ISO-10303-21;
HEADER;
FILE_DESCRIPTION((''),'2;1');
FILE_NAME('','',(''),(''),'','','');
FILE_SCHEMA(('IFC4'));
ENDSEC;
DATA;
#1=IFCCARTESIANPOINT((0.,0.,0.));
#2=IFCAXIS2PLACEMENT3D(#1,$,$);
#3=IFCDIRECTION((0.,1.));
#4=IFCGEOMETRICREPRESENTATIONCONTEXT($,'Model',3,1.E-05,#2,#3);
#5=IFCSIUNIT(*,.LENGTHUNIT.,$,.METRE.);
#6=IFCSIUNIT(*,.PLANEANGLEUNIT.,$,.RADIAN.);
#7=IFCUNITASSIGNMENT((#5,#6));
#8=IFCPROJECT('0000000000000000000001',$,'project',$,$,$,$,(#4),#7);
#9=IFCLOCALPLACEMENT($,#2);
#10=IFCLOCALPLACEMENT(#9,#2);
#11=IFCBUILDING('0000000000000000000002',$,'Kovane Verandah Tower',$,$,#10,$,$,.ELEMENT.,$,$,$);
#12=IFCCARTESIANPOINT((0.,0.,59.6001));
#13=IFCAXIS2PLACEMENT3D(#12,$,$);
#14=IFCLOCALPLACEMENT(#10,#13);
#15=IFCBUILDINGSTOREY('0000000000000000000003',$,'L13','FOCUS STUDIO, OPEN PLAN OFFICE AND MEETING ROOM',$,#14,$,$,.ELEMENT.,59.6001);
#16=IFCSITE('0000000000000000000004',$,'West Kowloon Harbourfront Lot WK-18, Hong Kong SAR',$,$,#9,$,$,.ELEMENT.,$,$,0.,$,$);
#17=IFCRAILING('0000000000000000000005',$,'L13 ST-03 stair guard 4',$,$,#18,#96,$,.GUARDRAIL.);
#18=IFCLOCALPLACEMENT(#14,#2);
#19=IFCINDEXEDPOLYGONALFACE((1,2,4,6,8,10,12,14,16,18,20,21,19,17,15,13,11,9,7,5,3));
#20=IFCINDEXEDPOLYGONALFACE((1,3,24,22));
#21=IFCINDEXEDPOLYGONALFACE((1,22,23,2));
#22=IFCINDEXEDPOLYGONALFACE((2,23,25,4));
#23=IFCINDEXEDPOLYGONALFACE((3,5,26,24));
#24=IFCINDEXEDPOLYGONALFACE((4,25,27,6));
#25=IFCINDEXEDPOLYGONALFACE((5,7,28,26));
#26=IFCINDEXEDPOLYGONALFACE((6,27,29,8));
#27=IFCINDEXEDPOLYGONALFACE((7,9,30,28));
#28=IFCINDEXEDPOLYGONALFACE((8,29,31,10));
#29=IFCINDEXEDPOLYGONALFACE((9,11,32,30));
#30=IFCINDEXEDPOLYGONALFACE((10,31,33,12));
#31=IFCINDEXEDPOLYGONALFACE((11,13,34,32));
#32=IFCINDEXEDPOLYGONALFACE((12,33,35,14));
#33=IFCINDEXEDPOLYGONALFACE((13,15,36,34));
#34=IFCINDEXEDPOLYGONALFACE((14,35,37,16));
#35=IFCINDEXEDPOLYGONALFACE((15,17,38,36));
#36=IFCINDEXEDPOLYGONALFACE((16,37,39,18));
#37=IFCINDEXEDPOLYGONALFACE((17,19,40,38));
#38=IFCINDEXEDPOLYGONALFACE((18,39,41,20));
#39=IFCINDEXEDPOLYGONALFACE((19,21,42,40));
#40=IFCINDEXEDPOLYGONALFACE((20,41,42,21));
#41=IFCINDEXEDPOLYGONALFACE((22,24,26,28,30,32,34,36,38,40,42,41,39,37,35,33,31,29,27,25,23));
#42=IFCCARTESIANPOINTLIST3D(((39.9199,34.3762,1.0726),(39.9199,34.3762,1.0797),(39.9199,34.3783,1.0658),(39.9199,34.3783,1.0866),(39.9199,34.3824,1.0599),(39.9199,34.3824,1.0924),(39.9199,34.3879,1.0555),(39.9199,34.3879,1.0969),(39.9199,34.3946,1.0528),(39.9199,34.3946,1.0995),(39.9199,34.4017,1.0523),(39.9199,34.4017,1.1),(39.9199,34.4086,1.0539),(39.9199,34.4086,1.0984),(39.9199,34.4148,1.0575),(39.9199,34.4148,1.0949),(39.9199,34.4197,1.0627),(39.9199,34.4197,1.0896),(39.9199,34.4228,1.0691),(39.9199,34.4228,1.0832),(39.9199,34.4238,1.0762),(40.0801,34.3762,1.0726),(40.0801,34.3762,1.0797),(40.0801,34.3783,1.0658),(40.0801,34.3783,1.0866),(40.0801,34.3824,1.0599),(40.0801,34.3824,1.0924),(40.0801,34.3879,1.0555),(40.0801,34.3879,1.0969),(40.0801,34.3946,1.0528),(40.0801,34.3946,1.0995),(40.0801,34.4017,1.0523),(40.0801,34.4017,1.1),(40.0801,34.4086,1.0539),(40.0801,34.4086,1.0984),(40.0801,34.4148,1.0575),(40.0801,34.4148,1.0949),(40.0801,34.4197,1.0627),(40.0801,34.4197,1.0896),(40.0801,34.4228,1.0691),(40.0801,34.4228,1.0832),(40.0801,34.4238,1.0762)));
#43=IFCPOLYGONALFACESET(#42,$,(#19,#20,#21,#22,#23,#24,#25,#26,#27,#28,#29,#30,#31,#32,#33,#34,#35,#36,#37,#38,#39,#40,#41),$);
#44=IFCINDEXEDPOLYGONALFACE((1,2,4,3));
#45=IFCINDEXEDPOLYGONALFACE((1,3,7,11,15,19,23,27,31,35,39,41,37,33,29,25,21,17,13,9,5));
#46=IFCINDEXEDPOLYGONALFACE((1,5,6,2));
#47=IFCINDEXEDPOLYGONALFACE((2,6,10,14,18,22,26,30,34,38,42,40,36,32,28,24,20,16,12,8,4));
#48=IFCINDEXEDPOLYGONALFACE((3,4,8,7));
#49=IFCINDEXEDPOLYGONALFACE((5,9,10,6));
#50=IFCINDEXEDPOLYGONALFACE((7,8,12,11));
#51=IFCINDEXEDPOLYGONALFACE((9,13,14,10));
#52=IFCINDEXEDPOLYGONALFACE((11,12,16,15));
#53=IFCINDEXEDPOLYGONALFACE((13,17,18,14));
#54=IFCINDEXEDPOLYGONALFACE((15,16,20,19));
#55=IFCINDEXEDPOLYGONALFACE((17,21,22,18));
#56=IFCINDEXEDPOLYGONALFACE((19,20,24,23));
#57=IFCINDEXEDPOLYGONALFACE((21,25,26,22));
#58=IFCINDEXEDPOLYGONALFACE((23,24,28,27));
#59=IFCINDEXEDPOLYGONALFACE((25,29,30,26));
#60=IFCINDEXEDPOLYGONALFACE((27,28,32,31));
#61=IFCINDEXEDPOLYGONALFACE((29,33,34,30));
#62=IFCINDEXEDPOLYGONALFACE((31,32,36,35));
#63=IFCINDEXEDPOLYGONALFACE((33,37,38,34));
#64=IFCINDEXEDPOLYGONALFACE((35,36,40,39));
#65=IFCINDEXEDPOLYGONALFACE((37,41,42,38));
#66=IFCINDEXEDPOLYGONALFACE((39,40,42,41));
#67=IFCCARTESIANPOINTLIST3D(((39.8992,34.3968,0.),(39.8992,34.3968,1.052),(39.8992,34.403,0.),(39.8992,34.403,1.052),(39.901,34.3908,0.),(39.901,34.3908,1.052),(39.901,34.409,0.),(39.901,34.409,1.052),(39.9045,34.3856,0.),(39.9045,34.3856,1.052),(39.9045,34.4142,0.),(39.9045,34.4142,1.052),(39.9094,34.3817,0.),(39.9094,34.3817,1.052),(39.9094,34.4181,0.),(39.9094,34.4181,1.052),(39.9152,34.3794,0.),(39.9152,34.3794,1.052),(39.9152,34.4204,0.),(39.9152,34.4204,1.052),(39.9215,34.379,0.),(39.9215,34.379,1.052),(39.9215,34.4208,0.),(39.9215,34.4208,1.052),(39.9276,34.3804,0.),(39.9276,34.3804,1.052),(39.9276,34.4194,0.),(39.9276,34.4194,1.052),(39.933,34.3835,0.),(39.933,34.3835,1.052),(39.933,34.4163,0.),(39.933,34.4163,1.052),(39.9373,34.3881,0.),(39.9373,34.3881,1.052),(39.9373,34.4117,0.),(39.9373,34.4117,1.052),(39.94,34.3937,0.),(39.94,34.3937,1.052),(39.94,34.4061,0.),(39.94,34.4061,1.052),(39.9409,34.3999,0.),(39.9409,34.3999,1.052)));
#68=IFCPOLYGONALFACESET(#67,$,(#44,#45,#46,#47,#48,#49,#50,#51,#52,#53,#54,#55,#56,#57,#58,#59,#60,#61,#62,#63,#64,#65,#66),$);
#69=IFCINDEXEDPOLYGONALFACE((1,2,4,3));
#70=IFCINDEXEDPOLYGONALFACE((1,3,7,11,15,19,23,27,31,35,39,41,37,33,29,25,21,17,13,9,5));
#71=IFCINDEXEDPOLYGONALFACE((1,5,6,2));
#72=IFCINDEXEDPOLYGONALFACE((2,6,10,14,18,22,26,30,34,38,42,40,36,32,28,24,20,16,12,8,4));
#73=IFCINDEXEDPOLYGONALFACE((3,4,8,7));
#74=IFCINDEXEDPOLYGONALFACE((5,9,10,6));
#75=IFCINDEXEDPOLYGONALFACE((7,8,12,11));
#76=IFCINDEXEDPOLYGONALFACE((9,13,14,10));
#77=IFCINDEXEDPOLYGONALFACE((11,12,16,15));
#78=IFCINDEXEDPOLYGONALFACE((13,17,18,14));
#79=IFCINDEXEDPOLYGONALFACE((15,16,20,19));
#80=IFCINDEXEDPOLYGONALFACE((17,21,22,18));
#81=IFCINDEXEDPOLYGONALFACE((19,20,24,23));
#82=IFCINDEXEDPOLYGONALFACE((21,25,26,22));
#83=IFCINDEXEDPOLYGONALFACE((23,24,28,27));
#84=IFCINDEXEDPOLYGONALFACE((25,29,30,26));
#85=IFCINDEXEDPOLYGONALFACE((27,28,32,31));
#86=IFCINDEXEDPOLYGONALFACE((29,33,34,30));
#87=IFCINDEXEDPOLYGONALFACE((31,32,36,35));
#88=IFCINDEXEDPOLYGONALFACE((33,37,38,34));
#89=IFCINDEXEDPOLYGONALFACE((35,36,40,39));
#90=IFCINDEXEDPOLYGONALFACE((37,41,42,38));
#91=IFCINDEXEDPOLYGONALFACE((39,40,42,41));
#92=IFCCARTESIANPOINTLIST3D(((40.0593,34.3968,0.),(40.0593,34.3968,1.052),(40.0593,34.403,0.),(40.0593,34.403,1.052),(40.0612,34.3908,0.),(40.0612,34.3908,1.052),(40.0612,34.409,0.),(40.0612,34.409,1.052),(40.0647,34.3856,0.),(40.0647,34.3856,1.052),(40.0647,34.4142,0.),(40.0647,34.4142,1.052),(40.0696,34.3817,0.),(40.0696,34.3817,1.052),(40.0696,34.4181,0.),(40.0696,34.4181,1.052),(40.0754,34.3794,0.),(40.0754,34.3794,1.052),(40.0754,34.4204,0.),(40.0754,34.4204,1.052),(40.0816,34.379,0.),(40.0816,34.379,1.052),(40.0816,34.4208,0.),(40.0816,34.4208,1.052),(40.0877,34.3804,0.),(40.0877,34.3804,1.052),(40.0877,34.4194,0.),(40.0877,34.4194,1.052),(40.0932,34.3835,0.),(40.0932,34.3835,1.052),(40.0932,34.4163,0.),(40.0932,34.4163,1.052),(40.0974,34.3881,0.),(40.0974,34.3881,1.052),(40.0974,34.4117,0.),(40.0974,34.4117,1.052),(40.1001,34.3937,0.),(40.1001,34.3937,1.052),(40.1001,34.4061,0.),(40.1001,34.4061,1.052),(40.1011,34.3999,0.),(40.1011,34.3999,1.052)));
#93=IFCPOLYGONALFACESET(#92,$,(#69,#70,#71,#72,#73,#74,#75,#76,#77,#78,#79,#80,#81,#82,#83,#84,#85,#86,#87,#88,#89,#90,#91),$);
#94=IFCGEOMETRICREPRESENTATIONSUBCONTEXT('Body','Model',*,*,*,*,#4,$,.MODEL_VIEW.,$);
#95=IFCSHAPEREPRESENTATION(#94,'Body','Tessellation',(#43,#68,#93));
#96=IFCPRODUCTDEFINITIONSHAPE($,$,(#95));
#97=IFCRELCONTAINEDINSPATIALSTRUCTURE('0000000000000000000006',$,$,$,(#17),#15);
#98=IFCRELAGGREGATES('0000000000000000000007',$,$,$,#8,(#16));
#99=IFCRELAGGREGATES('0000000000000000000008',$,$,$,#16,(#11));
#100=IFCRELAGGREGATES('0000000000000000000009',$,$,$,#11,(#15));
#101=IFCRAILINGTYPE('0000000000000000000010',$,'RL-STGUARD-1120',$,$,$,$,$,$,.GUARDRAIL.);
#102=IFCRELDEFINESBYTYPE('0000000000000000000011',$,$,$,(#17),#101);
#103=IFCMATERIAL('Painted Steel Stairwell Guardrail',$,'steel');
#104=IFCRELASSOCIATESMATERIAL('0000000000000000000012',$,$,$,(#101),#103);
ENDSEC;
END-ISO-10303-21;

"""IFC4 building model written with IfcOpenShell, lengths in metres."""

from ifc_helpers import new_model, si_unit, direction, frame, origin, origin_2d, place, context, subcontext, project, spatial, circle, extrude, material, type_object, element, save


model = new_model("IFC4")

# Units and contexts
model_context = context("Model", 3, precision=1e-05, world=origin(), true_north=direction((0.0, 1.0)))
body_context = subcontext(model_context, "Body", "Model", "MODEL_VIEW")
ifc_project = project(units=[si_unit("LENGTHUNIT", "METRE"), si_unit("PLANEANGLEUNIT", "RADIAN")], contexts=[model_context])

# Site, building, storey
site_placement = place(None, origin())
site = spatial("IfcSite", under=ifc_project, at=site_placement, Name="West Kowloon Harbourfront Lot WK-18, Hong Kong SAR", CompositionType="ELEMENT", RefElevation=0.0)
building_placement = place(site_placement, origin())
building = spatial("IfcBuilding", under=site, at=building_placement, Name="Kovane Verandah Tower", CompositionType="ELEMENT")
storey_placement = place(building_placement, frame((0.0, 0.0, 59.6001)))
storey = spatial("IfcBuildingStorey", under=building, at=storey_placement, Name="L13", Description="FOCUS STUDIO, OPEN PLAN OFFICE AND MEETING ROOM", CompositionType="ELEMENT", Elevation=59.6001)

# Railing
ifc_material_1 = material(Name="Painted Steel Stairwell Guardrail", Category="steel")
railing_type_1 = type_object("IfcRailingType", Name="RL-STGUARD-1120", PredefinedType="GUARDRAIL", material=ifc_material_1)
railing_1_placement = place(storey_placement, frame((39.9199, 34.3999, 0.0)))
element("IfcRailing", 1, at=railing_1_placement, inside=storey, type_object=railing_type_1, Name="L13 ST-03 stair guard 4", PredefinedType="GUARDRAIL", context=body_context, shape_type="SweptSolid", body=[
    extrude(circle(Radius=0.0239, at=origin_2d()), frame((0.0, 0.0, 1.0762), z_axis=(1.0, 0.0, 0.0), x_axis=(0.0, 1.0, 0.0)), (0.0, 0.0, 1.0), 0.1602),
    extrude(circle(Radius=0.021, at=origin_2d()), origin(), (0.0, 0.0, 1.0), 1.052),
    extrude(circle(Radius=0.021, at=origin_2d()), frame((0.1602, 0.0, 0.0)), (0.0, 0.0, 1.0), 1.052),
])

save(model, "model.ifc")
